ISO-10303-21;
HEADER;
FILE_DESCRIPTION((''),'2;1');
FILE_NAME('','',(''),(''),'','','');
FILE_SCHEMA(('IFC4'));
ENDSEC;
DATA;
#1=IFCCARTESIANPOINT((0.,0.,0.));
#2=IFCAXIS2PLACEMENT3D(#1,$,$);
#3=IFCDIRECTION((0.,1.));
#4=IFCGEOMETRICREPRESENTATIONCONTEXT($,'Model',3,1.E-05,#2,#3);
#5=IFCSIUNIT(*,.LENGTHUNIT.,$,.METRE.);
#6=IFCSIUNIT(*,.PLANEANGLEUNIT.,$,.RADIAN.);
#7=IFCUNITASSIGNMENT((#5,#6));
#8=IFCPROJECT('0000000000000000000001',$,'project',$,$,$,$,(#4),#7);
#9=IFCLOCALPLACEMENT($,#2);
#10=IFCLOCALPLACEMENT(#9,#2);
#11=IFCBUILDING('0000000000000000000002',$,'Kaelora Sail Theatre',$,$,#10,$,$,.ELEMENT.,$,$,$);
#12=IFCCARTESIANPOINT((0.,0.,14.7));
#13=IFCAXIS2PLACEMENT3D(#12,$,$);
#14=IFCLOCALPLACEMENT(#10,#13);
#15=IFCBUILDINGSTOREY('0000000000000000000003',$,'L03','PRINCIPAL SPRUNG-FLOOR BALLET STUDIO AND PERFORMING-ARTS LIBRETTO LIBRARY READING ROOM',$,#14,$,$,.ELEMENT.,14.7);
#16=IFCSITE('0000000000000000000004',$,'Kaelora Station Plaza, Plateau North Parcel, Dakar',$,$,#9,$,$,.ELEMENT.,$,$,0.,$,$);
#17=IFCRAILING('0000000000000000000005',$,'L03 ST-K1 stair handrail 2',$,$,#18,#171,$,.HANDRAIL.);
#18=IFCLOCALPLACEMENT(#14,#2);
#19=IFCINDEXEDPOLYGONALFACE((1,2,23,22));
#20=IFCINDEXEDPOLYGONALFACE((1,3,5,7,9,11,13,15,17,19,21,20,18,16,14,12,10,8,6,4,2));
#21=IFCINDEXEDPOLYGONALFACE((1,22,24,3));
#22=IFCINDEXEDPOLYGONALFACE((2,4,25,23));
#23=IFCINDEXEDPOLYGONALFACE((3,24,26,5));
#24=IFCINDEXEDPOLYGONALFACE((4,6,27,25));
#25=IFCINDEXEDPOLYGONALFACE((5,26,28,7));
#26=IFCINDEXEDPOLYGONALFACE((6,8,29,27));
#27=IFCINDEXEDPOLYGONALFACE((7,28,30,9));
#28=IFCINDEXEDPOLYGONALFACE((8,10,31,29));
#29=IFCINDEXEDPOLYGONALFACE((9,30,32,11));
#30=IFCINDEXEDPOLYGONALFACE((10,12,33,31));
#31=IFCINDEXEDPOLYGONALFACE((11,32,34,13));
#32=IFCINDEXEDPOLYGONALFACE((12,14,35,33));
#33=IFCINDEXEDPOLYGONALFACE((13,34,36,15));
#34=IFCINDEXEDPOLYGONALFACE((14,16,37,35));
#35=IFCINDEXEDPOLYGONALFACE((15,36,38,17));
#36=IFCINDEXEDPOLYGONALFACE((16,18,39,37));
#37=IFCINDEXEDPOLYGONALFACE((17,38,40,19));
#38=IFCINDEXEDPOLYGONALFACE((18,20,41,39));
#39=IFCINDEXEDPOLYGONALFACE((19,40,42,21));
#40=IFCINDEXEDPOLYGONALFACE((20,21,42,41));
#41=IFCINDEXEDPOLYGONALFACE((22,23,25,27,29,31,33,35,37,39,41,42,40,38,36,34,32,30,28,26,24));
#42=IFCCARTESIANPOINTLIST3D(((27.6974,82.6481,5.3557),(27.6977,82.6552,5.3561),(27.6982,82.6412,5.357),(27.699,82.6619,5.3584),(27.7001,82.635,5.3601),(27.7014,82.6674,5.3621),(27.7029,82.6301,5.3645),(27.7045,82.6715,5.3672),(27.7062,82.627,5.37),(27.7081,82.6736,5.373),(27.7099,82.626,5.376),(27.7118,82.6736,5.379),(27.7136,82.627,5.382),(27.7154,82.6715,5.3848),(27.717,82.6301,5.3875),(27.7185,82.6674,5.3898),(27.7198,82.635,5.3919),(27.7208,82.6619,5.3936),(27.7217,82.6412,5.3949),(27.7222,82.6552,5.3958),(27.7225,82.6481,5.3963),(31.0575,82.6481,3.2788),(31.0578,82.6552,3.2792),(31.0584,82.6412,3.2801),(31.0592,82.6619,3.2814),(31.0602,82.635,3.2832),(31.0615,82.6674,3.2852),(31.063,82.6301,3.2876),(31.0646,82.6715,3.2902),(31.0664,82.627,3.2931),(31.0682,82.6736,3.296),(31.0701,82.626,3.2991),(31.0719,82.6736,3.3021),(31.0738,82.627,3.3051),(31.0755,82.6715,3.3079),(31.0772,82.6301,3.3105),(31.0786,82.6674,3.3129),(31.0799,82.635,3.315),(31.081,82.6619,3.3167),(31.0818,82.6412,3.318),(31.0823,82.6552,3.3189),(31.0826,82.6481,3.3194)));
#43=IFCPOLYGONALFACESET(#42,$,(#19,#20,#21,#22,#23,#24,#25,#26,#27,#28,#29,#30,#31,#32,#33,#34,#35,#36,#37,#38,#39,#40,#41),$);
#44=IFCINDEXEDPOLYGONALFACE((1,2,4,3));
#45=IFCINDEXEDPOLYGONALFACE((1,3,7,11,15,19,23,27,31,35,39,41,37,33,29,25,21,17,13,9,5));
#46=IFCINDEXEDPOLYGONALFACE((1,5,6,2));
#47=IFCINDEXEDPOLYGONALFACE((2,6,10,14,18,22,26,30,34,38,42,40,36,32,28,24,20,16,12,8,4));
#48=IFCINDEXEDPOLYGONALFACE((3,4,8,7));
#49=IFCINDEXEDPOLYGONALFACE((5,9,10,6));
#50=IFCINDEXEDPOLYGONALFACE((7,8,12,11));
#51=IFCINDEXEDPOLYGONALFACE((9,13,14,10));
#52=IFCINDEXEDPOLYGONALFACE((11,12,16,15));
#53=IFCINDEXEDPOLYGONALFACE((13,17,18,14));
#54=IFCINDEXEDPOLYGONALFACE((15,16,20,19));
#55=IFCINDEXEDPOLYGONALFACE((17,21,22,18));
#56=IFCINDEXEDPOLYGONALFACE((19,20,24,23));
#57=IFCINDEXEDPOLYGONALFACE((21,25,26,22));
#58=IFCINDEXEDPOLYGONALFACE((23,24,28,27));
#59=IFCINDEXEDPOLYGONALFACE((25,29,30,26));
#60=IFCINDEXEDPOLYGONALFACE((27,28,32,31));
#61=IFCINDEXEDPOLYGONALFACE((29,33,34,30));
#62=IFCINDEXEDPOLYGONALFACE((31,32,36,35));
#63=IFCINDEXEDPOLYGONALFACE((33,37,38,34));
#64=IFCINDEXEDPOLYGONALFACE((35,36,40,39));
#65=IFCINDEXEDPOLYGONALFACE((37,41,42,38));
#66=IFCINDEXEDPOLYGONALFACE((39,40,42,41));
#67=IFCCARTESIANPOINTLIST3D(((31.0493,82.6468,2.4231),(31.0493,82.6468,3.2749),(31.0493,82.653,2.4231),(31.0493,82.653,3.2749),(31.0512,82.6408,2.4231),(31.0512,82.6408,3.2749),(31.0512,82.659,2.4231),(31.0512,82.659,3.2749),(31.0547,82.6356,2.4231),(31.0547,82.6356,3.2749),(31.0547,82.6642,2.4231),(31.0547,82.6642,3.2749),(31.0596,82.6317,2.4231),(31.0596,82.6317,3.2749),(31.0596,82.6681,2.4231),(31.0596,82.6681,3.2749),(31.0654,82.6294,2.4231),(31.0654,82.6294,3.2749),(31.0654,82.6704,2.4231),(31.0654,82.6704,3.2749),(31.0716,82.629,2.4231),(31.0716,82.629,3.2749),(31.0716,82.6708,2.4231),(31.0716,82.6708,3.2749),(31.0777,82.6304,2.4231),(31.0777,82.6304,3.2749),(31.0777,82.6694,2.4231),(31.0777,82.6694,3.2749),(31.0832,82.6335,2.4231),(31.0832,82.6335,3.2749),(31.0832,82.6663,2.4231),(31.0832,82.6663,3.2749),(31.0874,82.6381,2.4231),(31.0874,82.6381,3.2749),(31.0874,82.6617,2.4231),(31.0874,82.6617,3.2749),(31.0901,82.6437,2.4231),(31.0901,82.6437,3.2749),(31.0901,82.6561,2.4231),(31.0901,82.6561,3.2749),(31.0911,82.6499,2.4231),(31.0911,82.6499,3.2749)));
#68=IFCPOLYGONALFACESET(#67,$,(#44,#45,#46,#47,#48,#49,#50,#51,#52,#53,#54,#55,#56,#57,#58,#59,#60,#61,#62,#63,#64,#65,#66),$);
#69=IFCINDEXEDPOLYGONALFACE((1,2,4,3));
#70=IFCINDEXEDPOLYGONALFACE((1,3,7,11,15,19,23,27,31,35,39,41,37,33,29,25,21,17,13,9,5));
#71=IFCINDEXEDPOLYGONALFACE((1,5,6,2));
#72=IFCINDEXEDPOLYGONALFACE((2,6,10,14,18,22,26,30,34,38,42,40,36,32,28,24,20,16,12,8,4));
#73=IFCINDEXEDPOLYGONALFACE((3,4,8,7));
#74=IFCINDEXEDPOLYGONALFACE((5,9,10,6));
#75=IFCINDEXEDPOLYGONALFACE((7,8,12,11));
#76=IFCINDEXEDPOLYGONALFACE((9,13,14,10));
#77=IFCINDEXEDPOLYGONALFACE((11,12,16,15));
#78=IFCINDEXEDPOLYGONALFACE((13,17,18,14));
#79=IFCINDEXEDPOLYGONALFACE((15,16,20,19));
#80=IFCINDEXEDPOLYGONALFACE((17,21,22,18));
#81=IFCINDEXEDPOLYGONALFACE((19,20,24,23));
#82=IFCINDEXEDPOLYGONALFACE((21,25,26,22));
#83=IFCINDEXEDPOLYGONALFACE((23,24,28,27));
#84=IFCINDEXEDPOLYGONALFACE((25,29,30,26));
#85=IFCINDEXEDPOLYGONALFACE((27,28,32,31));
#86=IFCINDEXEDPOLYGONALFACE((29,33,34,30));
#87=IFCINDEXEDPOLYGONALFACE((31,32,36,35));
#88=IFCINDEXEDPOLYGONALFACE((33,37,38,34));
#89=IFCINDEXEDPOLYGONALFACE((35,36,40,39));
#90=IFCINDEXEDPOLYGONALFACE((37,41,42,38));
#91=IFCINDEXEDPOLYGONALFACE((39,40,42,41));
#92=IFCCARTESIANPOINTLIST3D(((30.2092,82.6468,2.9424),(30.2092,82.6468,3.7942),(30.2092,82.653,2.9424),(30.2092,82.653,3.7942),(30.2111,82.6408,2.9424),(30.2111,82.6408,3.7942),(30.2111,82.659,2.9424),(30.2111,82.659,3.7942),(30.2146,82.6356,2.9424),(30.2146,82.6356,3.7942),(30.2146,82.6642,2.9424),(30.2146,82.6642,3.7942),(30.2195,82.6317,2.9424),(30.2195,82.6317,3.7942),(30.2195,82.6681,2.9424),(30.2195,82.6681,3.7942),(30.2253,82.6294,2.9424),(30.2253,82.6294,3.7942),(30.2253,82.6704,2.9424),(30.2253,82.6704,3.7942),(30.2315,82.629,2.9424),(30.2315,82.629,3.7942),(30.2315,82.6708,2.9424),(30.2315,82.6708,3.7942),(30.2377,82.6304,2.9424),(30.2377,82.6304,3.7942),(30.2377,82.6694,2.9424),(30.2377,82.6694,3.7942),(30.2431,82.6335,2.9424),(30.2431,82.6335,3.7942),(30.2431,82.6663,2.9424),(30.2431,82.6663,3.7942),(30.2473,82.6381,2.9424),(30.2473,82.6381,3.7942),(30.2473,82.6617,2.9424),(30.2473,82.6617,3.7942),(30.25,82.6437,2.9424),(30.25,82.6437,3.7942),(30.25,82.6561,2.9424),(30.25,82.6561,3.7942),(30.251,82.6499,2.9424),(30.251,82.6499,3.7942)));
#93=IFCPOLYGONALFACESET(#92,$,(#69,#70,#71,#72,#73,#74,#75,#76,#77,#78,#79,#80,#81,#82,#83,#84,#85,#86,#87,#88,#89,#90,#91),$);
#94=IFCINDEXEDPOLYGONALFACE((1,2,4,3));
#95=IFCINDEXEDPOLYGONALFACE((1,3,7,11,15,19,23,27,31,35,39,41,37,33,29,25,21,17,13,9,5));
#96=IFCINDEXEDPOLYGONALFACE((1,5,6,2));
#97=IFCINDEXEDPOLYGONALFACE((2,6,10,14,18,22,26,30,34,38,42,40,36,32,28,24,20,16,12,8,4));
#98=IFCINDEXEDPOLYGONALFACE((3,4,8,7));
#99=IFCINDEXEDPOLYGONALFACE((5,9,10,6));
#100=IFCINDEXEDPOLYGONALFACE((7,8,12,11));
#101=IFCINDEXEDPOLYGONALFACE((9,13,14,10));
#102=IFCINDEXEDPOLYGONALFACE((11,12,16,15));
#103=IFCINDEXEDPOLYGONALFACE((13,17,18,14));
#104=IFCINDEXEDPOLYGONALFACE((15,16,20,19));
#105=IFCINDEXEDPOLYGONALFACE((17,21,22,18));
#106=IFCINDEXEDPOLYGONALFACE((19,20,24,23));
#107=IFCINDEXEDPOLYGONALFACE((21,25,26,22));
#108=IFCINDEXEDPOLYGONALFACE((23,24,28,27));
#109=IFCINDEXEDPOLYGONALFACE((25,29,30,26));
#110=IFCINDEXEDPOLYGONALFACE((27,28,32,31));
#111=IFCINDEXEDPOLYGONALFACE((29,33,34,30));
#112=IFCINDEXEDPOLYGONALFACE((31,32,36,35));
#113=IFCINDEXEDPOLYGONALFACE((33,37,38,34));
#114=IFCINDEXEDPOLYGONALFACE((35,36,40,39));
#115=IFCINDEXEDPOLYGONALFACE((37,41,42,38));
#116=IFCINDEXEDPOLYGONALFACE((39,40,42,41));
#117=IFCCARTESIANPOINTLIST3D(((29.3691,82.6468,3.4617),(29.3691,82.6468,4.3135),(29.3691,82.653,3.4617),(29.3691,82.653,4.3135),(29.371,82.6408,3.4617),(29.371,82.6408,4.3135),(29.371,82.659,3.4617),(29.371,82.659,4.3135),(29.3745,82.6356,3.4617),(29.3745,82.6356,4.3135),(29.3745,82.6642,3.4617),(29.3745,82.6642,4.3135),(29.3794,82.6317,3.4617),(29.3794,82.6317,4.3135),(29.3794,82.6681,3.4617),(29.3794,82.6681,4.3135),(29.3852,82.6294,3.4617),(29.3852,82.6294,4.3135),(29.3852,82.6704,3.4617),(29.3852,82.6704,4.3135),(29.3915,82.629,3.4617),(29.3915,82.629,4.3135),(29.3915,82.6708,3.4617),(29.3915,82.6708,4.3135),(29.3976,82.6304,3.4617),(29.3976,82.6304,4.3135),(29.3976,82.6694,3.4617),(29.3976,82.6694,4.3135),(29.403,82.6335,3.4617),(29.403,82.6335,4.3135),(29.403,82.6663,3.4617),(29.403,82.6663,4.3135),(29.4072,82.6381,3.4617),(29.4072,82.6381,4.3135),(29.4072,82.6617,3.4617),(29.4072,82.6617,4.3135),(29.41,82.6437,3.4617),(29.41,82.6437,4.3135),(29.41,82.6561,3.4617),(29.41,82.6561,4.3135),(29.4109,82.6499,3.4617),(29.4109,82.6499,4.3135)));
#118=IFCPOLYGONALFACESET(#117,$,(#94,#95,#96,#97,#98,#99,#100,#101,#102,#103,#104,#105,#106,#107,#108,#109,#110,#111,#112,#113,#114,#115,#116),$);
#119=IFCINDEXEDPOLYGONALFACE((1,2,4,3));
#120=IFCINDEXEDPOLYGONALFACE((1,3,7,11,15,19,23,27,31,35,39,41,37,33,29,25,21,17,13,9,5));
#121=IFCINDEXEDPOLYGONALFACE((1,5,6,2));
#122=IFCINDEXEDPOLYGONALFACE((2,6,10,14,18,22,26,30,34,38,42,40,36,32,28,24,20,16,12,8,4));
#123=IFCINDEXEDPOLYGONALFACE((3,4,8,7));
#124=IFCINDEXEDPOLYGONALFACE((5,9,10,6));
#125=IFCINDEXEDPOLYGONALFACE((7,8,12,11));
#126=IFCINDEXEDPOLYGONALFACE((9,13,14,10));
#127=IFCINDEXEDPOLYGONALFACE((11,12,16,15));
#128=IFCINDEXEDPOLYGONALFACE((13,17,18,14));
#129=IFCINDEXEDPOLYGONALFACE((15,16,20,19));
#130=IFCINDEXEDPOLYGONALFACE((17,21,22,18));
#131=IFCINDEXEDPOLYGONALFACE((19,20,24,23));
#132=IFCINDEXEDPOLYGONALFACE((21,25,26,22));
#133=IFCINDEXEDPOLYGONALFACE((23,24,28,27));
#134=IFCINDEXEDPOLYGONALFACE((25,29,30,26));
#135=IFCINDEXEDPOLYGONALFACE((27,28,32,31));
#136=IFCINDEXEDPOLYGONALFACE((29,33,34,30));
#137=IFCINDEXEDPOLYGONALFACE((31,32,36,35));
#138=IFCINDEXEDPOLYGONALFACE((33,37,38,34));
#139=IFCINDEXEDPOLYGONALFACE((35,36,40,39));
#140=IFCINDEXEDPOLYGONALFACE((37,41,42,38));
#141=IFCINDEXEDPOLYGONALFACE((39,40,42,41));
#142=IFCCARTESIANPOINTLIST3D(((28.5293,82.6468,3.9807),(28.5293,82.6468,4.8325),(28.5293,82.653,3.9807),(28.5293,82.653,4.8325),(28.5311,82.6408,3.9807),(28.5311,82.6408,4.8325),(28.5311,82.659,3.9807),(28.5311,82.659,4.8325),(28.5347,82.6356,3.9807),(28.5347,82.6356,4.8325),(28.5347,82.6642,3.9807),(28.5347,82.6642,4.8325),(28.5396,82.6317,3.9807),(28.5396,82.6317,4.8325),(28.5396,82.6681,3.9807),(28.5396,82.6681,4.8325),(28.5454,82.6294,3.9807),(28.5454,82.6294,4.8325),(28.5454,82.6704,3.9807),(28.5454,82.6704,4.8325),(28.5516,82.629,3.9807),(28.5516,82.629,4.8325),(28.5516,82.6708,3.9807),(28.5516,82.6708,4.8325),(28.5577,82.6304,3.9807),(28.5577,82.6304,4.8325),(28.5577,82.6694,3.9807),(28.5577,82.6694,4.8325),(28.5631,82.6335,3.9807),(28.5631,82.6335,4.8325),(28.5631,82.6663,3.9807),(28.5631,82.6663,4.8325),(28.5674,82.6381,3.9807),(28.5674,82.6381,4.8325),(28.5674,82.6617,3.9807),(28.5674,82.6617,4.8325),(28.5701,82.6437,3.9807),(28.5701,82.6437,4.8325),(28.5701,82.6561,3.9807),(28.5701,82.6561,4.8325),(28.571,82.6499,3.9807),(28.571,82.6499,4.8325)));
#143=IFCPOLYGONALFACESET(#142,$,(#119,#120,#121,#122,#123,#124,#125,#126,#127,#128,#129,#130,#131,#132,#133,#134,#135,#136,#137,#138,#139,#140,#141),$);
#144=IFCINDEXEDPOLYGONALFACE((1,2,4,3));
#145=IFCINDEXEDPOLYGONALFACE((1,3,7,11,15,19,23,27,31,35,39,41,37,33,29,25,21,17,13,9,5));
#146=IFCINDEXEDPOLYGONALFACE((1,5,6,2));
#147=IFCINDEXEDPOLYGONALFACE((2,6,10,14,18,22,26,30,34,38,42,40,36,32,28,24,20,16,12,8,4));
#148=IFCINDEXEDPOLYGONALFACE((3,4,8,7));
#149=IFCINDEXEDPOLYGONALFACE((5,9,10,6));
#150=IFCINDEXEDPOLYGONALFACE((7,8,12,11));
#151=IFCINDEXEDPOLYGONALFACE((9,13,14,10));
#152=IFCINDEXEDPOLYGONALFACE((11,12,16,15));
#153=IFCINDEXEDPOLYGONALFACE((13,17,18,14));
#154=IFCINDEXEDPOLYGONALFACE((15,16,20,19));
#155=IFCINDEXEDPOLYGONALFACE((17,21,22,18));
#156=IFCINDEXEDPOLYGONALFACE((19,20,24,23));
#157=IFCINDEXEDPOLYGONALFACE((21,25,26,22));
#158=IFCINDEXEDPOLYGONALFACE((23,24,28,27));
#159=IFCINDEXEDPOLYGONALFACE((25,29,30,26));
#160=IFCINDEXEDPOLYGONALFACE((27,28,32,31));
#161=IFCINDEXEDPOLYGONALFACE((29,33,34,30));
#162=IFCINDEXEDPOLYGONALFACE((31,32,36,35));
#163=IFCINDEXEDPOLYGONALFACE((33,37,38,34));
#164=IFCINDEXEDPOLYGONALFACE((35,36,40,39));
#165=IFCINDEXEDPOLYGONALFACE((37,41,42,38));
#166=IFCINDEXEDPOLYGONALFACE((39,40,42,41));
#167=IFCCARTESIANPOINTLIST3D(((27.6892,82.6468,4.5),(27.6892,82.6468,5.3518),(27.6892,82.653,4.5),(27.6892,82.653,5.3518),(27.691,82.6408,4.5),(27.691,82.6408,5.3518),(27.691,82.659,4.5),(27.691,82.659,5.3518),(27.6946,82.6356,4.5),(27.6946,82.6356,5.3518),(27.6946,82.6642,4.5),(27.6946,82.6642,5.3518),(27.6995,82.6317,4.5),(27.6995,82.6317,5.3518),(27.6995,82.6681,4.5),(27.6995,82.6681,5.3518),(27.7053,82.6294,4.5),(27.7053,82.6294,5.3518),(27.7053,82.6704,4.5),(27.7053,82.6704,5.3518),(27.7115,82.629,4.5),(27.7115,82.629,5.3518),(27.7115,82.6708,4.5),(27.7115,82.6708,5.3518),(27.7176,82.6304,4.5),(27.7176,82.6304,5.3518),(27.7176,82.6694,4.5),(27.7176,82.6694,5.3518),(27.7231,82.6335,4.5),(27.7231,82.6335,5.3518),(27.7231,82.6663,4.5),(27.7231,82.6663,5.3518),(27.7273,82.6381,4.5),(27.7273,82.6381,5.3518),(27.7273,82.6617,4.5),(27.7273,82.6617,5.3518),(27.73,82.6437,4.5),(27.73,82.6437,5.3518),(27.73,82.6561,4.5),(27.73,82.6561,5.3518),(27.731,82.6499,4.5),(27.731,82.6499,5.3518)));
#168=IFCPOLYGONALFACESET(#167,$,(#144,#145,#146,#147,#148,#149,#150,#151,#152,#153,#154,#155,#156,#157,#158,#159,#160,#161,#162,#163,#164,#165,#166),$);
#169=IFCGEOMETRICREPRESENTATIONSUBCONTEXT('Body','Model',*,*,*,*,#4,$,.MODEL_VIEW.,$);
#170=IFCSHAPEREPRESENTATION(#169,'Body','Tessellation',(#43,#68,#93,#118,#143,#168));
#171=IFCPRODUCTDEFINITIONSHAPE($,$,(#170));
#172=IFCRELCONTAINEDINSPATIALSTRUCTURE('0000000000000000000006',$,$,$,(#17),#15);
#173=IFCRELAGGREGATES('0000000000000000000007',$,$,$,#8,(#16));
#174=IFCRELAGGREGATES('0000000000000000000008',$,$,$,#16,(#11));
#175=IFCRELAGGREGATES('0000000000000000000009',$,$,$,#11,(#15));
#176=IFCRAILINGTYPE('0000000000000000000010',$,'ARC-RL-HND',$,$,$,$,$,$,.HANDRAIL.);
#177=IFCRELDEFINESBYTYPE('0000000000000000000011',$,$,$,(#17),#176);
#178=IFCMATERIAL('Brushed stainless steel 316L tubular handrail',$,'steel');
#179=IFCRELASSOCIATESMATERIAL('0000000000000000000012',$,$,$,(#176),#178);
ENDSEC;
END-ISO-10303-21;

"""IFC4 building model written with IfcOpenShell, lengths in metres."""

from ifc_helpers import new_model, si_unit, direction, frame, origin, origin_2d, place, context, subcontext, project, spatial, circle, extrude, material, type_object, element, save


model = new_model("IFC4")

# Units and contexts
model_context = context("Model", 3, precision=1e-05, world=origin(), true_north=direction((0.0, 1.0)))
body_context = subcontext(model_context, "Body", "Model", "MODEL_VIEW")
ifc_project = project(units=[si_unit("LENGTHUNIT", "METRE"), si_unit("PLANEANGLEUNIT", "RADIAN")], contexts=[model_context])

# Site, building, storey
site_placement = place(None, origin())
site = spatial("IfcSite", under=ifc_project, at=site_placement, Name="Kaelora Station Plaza, Plateau North Parcel, Dakar", CompositionType="ELEMENT", RefElevation=0.0)
building_placement = place(site_placement, origin())
building = spatial("IfcBuilding", under=site, at=building_placement, Name="Kaelora Sail Theatre", CompositionType="ELEMENT")
storey_placement = place(building_placement, frame((0.0, 0.0, 14.7)))
storey = spatial("IfcBuildingStorey", under=building, at=storey_placement, Name="L03", Description="PRINCIPAL SPRUNG-FLOOR BALLET STUDIO AND PERFORMING-ARTS LIBRETTO LIBRARY READING ROOM", CompositionType="ELEMENT", Elevation=14.7)

# Railing
ifc_material_1 = material(Name="Brushed stainless steel 316L tubular handrail", Category="steel")
railing_type_1 = type_object("IfcRailingType", Name="ARC-RL-HND", PredefinedType="HANDRAIL", material=ifc_material_1)
railing_1_placement = place(storey_placement, frame((31.0701, 82.6499, 2.4231)))
element("IfcRailing", 1, at=railing_1_placement, inside=storey, type_object=railing_type_1, Name="L03 ST-K1 stair handrail 2", PredefinedType="HANDRAIL", context=body_context, shape_type="SweptSolid", body=[
    extrude(circle(Radius=0.0239, at=origin_2d()), frame((0.0, 0.0, 0.876), z_axis=(-0.850623, 0.0, 0.525776), x_axis=(0.0, -1.0, 0.0)), (0.0, 0.0, 1.0), 3.9502),
    extrude(circle(Radius=0.021, at=origin_2d()), origin(), (0.0, 0.0, 1.0), 0.8518),
    extrude(circle(Radius=0.021, at=origin_2d()), frame((-0.8401, 0.0, 0.5193)), (0.0, 0.0, 1.0), 0.8518),
    extrude(circle(Radius=0.021, at=origin_2d()), frame((-1.6802, 0.0, 1.0386)), (0.0, 0.0, 1.0), 0.8518),
    extrude(circle(Radius=0.021, at=origin_2d()), frame((-2.52, 0.0, 1.5576)), (0.0, 0.0, 1.0), 0.8518),
    extrude(circle(Radius=0.021, at=origin_2d()), frame((-3.3601, 0.0, 2.0769)), (0.0, 0.0, 1.0), 0.8518),
])

save(model, "model.ifc")
